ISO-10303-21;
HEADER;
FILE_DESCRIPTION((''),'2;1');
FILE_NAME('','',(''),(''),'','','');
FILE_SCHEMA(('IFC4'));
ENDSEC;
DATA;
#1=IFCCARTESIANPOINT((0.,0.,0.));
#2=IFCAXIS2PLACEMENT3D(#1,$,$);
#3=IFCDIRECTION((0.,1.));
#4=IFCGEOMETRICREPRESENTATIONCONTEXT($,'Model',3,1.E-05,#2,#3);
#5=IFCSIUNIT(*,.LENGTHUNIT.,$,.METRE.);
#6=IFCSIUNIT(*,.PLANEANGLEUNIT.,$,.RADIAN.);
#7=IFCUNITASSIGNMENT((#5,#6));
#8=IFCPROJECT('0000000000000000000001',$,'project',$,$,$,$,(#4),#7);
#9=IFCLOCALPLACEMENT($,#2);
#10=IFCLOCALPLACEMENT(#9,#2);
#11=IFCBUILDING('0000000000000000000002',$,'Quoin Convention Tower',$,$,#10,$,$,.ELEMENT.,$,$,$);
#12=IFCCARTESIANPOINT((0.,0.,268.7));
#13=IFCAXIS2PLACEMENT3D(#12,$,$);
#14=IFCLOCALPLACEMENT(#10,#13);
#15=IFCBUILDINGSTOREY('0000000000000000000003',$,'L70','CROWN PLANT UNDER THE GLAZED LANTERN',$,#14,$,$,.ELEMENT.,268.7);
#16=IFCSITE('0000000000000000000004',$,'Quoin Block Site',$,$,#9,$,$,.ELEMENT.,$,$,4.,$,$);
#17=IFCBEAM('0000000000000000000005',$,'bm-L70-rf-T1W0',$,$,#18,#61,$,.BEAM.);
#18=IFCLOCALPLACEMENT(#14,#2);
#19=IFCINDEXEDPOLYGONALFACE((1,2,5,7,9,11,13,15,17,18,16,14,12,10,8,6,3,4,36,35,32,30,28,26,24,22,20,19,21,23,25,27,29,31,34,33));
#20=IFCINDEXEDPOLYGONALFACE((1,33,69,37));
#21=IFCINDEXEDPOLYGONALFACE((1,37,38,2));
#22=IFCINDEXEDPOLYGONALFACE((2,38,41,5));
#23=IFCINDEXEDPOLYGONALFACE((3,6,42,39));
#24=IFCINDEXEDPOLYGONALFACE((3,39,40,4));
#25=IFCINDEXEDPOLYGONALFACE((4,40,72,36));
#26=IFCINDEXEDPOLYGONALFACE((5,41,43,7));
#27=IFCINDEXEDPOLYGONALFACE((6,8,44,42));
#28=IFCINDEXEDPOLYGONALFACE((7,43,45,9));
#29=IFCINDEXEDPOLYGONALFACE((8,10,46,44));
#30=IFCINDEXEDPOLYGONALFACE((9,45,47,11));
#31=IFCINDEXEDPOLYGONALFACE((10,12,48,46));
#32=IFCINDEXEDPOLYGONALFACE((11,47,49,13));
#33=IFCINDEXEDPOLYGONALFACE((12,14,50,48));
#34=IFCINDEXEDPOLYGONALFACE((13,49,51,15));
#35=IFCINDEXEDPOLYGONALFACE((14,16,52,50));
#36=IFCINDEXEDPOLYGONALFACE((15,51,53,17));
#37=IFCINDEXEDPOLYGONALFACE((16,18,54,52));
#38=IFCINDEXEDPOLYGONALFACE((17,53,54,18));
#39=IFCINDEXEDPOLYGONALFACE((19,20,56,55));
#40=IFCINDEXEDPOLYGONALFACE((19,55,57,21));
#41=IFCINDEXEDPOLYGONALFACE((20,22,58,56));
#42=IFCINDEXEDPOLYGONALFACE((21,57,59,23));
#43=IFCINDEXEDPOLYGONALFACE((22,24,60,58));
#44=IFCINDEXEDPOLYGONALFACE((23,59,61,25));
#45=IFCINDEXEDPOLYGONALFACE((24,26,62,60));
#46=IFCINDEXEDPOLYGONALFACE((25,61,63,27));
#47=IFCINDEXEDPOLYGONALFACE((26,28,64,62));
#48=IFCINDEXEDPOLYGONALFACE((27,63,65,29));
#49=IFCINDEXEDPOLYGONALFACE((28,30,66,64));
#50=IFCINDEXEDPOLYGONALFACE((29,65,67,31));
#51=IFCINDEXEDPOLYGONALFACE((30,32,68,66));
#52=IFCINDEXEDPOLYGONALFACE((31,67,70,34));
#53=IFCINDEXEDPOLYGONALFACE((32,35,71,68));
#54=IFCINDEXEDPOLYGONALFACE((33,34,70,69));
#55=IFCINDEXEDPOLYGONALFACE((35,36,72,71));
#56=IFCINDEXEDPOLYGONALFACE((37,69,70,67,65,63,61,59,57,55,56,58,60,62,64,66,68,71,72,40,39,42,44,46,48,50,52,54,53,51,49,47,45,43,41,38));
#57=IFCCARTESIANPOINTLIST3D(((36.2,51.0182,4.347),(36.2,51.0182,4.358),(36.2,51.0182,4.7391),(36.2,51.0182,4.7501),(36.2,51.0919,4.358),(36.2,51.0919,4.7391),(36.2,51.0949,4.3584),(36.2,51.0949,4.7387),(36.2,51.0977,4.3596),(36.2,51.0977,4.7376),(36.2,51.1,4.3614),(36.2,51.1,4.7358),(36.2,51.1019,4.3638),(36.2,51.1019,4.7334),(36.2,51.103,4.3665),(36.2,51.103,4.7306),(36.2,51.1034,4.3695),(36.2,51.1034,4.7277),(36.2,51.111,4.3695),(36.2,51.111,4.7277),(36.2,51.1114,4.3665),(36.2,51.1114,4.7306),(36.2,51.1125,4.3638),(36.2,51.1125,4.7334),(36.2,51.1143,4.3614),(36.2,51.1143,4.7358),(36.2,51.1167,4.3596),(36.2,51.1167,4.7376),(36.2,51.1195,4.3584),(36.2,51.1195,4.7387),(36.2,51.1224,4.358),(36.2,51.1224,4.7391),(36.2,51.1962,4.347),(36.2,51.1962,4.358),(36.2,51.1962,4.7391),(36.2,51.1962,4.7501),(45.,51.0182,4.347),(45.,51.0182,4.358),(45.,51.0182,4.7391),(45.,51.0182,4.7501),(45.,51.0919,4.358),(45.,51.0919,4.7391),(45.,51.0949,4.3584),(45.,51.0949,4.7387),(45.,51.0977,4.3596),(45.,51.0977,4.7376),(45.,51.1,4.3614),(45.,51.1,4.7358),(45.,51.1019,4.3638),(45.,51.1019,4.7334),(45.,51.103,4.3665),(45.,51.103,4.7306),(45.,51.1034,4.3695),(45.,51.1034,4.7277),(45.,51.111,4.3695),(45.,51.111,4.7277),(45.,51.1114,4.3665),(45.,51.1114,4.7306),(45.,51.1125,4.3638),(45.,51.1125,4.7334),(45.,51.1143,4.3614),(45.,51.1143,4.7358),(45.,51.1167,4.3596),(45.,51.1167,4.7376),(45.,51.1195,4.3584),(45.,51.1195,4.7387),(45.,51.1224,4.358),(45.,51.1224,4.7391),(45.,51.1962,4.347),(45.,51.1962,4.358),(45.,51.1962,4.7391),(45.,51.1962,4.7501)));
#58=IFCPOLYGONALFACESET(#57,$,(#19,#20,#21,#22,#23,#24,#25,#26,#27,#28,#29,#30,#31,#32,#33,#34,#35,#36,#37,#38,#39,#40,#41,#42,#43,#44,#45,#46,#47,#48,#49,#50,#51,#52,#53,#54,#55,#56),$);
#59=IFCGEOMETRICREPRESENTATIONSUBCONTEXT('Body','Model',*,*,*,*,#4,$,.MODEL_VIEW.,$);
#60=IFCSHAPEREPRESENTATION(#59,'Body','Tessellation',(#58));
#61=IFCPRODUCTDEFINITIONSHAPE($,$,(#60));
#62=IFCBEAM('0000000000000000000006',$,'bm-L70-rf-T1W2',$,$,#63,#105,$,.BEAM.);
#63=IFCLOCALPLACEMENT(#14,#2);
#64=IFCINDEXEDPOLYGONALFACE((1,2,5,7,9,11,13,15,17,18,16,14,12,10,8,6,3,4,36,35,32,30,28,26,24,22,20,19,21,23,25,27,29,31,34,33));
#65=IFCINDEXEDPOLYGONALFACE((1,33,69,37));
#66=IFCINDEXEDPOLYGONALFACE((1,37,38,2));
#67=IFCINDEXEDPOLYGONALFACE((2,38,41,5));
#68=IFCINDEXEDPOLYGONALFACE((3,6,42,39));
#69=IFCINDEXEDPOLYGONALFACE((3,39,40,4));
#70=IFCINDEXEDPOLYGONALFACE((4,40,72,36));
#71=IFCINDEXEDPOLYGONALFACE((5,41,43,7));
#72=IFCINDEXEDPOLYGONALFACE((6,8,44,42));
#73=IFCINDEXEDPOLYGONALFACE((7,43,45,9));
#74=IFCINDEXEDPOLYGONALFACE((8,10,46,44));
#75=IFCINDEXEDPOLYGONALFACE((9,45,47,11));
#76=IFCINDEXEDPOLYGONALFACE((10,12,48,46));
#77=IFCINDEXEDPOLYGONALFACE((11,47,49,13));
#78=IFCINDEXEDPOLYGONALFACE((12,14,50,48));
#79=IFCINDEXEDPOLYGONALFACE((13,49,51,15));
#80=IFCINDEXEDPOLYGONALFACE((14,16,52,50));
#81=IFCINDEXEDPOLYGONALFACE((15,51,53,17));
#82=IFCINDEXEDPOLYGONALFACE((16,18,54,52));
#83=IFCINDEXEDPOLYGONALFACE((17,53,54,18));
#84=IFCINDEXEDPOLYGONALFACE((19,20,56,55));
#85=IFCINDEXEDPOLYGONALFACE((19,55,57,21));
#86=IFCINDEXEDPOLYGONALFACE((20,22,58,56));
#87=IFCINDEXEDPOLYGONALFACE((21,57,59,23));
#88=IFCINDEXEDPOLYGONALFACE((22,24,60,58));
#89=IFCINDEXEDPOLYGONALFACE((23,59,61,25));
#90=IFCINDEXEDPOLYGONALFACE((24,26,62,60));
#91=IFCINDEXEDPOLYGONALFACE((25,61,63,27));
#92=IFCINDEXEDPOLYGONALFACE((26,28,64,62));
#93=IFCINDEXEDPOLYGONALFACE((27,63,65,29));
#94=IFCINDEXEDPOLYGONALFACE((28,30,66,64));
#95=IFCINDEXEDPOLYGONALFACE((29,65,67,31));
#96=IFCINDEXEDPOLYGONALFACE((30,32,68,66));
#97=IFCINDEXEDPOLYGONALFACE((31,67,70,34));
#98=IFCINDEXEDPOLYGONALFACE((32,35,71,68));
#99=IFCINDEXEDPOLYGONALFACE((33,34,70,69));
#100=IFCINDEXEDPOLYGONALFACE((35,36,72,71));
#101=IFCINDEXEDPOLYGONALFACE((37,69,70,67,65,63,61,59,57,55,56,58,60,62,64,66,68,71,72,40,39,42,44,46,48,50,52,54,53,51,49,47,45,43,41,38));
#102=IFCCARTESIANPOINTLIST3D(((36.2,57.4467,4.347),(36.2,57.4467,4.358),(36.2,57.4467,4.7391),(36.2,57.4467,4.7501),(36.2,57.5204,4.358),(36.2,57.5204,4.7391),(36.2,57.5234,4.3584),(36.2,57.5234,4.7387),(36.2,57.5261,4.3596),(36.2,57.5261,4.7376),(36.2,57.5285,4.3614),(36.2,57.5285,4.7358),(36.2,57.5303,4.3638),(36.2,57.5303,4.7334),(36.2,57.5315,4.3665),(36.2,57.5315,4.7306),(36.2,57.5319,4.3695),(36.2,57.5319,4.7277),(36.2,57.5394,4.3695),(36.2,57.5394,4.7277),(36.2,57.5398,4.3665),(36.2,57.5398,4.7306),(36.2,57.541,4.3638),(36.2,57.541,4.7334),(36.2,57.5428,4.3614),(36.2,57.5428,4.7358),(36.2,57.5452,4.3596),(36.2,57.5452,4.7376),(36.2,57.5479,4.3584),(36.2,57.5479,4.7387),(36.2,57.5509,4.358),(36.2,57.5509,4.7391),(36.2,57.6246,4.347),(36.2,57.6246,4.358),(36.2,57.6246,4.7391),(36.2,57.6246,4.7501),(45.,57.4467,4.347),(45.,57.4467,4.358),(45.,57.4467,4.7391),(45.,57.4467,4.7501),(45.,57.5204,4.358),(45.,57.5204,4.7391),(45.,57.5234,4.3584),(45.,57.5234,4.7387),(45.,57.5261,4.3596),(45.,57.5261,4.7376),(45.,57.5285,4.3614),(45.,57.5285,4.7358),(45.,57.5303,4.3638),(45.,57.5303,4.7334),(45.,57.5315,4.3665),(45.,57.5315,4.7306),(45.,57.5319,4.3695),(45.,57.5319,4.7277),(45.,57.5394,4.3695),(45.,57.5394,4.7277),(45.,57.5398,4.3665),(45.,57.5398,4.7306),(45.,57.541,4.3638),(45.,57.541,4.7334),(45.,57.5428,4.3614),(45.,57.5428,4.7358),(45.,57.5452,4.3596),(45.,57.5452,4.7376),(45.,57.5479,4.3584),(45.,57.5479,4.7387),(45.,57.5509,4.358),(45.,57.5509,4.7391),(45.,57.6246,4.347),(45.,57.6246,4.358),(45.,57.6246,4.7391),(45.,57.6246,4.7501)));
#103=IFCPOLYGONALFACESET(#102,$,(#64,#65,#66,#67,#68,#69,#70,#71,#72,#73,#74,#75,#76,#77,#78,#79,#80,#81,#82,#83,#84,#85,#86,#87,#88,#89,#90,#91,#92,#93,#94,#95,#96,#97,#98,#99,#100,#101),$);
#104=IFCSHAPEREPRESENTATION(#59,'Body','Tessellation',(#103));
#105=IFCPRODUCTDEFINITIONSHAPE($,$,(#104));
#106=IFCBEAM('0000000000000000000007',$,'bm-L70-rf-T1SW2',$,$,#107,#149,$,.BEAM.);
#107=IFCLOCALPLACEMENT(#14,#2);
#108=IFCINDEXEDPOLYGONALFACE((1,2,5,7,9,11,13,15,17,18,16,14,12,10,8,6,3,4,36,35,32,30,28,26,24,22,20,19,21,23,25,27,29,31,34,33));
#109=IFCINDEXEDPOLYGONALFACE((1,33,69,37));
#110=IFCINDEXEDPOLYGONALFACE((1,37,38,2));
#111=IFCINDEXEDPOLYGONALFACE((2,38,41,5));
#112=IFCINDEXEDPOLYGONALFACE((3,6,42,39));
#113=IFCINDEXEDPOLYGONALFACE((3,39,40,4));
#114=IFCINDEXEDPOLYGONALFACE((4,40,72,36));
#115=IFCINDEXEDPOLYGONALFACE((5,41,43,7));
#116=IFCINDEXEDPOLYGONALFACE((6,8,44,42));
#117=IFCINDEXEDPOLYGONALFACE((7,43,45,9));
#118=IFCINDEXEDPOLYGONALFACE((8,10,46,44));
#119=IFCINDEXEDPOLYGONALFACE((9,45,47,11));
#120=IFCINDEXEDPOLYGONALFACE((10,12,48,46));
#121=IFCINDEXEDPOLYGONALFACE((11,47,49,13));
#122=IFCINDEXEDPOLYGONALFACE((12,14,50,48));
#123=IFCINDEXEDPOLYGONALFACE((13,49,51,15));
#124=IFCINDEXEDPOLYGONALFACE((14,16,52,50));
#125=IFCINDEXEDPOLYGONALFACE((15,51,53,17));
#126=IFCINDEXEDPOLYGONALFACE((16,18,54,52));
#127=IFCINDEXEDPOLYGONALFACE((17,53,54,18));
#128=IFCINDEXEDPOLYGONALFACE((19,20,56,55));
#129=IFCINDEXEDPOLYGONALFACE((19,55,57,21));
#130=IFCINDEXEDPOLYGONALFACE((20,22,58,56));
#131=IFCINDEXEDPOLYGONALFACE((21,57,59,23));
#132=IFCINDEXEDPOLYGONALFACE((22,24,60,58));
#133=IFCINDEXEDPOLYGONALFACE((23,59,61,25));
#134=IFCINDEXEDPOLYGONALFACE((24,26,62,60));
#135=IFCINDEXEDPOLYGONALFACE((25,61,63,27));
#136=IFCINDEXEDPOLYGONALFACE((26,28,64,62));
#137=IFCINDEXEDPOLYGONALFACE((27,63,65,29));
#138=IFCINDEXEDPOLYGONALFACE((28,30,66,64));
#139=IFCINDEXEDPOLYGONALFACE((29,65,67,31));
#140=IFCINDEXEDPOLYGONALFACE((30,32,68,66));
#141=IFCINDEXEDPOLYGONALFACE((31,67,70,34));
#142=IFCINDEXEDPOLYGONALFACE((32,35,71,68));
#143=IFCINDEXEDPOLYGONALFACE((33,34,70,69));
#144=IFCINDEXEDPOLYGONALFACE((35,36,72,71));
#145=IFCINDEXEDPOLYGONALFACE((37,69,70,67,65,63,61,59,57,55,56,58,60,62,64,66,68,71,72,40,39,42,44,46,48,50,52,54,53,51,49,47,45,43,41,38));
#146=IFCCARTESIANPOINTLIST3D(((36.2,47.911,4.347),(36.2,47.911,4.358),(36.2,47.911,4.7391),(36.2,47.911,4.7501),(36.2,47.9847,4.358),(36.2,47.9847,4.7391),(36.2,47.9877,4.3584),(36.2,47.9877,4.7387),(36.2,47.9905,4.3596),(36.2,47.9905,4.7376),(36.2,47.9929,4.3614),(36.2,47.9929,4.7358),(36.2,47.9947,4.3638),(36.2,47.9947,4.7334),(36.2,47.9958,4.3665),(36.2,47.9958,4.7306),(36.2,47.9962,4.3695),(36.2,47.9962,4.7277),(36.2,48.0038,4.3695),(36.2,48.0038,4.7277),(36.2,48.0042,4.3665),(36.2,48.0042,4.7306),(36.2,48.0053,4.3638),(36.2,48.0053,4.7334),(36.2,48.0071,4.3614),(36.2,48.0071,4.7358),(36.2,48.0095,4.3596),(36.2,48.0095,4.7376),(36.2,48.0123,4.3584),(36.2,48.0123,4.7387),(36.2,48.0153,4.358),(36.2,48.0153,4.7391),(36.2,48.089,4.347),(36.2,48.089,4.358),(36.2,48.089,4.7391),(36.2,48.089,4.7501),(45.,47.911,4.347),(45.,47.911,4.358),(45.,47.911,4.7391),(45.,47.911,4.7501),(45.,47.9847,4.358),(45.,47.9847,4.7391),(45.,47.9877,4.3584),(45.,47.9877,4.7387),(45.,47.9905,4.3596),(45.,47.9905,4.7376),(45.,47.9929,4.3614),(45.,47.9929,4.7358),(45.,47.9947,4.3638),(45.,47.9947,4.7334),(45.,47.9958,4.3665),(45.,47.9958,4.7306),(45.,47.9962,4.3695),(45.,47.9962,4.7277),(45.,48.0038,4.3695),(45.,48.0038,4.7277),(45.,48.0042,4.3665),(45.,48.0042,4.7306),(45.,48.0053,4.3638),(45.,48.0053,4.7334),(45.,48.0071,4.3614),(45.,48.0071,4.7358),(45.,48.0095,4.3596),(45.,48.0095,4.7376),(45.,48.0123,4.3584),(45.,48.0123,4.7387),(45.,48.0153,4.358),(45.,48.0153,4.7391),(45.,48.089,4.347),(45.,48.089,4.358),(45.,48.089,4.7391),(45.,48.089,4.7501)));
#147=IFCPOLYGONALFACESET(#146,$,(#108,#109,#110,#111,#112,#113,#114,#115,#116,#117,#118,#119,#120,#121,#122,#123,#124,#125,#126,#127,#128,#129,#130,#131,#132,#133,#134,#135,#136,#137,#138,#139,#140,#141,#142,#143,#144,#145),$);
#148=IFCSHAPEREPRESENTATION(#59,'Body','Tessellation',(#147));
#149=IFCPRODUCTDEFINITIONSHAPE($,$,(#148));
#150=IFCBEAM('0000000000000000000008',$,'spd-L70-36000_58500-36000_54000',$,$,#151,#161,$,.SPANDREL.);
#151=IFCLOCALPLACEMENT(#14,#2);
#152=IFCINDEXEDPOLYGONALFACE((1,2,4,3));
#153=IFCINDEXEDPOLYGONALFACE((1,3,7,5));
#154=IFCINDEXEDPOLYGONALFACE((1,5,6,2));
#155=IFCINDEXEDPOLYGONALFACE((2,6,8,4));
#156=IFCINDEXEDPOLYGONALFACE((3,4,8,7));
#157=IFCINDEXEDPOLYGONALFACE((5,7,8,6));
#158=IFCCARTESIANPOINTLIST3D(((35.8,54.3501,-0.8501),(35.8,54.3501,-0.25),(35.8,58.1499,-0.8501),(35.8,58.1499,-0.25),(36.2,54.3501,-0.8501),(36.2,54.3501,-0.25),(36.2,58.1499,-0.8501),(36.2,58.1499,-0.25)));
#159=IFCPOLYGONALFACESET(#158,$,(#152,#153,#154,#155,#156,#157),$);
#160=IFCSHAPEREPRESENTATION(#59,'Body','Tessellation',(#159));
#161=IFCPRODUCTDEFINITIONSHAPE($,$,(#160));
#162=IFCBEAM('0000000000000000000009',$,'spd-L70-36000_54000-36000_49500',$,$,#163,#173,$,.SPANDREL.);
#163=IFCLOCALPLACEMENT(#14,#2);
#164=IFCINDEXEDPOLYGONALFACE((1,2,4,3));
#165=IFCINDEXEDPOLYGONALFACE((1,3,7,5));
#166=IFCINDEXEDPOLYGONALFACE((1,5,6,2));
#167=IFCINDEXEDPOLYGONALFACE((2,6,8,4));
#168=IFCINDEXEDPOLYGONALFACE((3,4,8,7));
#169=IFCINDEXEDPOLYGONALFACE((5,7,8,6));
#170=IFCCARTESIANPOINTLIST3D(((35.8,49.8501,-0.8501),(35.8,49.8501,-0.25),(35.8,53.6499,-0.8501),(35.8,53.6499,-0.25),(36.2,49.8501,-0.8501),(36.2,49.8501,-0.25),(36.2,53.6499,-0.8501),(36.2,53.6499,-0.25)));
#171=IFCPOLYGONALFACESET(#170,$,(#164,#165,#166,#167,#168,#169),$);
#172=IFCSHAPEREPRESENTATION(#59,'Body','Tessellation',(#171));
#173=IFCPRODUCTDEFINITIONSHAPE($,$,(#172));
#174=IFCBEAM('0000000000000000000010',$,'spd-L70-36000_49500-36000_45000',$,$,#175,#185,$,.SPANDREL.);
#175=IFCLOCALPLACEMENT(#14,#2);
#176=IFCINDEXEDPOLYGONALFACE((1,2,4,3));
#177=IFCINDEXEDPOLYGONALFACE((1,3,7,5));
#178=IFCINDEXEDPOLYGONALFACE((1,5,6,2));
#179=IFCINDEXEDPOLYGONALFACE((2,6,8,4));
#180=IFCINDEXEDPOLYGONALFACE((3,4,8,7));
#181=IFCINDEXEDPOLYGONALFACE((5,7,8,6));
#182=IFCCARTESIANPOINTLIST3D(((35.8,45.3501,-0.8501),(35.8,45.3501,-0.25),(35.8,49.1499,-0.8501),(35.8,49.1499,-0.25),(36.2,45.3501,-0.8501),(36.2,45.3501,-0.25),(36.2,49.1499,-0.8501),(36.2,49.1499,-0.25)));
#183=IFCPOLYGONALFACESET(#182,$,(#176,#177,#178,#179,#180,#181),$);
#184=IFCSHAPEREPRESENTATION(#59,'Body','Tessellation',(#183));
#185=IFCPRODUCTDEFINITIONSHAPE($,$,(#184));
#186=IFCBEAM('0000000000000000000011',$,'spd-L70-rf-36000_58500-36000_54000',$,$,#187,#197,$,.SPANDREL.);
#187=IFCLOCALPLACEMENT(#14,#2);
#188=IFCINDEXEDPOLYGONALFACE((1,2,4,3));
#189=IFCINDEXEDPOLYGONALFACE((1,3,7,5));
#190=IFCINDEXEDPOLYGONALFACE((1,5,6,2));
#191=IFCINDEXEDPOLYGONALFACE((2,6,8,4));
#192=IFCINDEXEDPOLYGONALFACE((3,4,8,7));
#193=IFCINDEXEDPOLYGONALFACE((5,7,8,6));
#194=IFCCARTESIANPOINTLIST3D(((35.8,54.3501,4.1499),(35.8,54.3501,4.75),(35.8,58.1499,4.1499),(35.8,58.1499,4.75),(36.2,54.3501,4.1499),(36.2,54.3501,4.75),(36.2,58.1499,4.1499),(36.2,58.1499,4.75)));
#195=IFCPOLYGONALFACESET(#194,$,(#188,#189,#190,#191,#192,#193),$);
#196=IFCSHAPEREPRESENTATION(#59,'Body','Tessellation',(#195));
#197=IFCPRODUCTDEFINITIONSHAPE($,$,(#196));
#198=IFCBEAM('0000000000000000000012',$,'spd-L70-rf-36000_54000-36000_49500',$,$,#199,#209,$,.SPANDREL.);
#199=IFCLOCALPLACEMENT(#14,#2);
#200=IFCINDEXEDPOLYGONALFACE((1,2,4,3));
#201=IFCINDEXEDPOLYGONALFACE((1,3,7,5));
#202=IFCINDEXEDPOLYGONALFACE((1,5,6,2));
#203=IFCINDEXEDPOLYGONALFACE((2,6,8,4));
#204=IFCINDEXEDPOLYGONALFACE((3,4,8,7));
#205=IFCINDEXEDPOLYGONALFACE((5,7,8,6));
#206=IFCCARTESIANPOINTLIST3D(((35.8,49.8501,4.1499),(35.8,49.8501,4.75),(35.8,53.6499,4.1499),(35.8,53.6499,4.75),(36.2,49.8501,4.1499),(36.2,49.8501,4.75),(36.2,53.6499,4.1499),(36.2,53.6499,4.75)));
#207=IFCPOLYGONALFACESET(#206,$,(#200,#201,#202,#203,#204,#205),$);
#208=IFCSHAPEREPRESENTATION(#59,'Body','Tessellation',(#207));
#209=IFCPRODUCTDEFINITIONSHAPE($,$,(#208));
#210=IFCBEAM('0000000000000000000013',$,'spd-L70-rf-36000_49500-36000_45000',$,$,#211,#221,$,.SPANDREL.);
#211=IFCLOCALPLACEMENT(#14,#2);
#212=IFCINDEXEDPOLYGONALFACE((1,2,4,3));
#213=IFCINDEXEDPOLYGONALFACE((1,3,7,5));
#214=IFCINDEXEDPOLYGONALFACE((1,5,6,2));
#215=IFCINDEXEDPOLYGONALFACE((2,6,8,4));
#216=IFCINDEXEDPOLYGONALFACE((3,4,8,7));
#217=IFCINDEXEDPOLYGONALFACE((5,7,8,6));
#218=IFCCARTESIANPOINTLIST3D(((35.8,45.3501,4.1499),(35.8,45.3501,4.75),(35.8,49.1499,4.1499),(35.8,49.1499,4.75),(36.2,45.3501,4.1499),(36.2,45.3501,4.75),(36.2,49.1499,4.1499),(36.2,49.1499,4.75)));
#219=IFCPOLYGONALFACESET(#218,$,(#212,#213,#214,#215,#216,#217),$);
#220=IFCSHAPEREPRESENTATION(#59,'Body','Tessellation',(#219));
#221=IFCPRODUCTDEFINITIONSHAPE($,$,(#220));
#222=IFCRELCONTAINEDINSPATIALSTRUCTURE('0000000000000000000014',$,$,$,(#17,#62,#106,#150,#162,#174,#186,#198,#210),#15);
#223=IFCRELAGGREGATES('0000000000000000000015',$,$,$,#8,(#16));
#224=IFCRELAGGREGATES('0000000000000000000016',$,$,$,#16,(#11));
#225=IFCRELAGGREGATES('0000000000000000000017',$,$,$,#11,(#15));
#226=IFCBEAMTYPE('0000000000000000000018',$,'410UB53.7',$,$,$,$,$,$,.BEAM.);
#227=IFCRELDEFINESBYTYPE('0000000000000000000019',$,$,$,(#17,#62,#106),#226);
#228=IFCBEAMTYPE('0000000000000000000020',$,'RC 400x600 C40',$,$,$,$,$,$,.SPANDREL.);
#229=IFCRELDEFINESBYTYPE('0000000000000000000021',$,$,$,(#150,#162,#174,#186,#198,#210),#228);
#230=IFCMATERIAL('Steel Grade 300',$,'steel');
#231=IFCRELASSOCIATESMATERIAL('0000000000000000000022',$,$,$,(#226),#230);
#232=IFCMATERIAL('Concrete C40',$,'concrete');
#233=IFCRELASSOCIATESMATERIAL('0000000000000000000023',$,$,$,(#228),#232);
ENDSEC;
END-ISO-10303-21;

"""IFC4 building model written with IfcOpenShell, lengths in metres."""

from ifc_helpers import new_model, si_unit, direction, frame, origin, origin_2d, place, context, subcontext, project, spatial, rectangle, i_section, extrude, material, material_profile, profile_set, type_object, element, save


model = new_model("IFC4")

# Units and contexts
model_context = context("Model", 3, precision=1e-05, world=origin(), true_north=direction((0.0, 1.0)))
body_context = subcontext(model_context, "Body", "Model", "MODEL_VIEW")
ifc_project = project(units=[si_unit("LENGTHUNIT", "METRE"), si_unit("PLANEANGLEUNIT", "RADIAN")], contexts=[model_context])

# Site, building, storey
site_placement = place(None, origin())
site = spatial("IfcSite", under=ifc_project, at=site_placement, Name="Quoin Block Site", CompositionType="ELEMENT", RefElevation=4.0)
building_placement = place(site_placement, origin())
building = spatial("IfcBuilding", under=site, at=building_placement, Name="Quoin Convention Tower", CompositionType="ELEMENT")
storey_placement = place(building_placement, frame((0.0, 0.0, 268.7)))
storey = spatial("IfcBuildingStorey", under=building, at=storey_placement, Name="L70", Description="CROWN PLANT UNDER THE GLAZED LANTERN", CompositionType="ELEMENT", Elevation=268.7)

# Shared definitions
ifc_material_1 = material(Name="Concrete C40", Category="concrete")

# Beams
ifc_material_2 = material(Name="Steel Grade 300", Category="steel")
ifc_material_profile_1 = material_profile(ifc_material_2, i_section(OverallWidth=0.178, OverallDepth=0.4031, WebThickness=0.0076, FlangeThickness=0.011, FilletRadius=0.0115, at=origin_2d()), Name="410UB53.7")
ifc_profile_set_1 = profile_set([ifc_material_profile_1], Name="Steel Grade 300")
beam_type_1 = type_object("IfcBeamType", Name="410UB53.7", PredefinedType="BEAM", material=ifc_profile_set_1)
for number, where, z_axis, x_axis, name in (
    (1, (36.2, 51.1072, 4.5486), (1.0, 0.0, 0.0), (0.0, 1.0, 0.0), "bm-L70-rf-T1W0"),
    (2, (36.2, 57.5356, 4.5486), (1.0, 0.0, 0.0), (0.0, 1.0, 0.0), "bm-L70-rf-T1W2"),
    (3, (36.2, 48.0, 4.5486), (1.0, 0.0, 0.0), (0.0, 1.0, 0.0), "bm-L70-rf-T1SW2"),
):
    element("IfcBeam", number, at=place(storey_placement, frame(where, z_axis=z_axis, x_axis=x_axis)), inside=storey, type_object=beam_type_1, Name=name, PredefinedType="BEAM", context=body_context, shape_type="SweptSolid", body=[
        extrude(i_section(OverallWidth=0.178, OverallDepth=0.4031, WebThickness=0.0076, FlangeThickness=0.011, FilletRadius=0.0115, at=origin_2d()), origin(), (0.0, 0.0, 1.0), 8.8),
    ])
ifc_material_profile_2 = material_profile(ifc_material_1, rectangle(XDim=0.3999, YDim=0.6001, at=origin_2d()), Name="RC 400x600")
ifc_profile_set_2 = profile_set([ifc_material_profile_2], Name="Concrete C40")
beam_type_2 = type_object("IfcBeamType", Name="RC 400x600 C40", PredefinedType="SPANDREL", material=ifc_profile_set_2)
for number, where, z_axis, x_axis, name in (
    (4, (36.0, 58.1499, -0.55), (0.0, -1.0, 0.0), (1.0, 0.0, 0.0), "spd-L70-36000_58500-36000_54000"),
    (5, (36.0, 53.6499, -0.55), (0.0, -1.0, 0.0), (1.0, 0.0, 0.0), "spd-L70-36000_54000-36000_49500"),
    (6, (36.0, 49.1499, -0.55), (0.0, -1.0, 0.0), (1.0, 0.0, 0.0), "spd-L70-36000_49500-36000_45000"),
    (7, (36.0, 58.1499, 4.45), (0.0, -1.0, 0.0), (1.0, 0.0, 0.0), "spd-L70-rf-36000_58500-36000_54000"),
    (8, (36.0, 53.6499, 4.45), (0.0, -1.0, 0.0), (1.0, 0.0, 0.0), "spd-L70-rf-36000_54000-36000_49500"),
    (9, (36.0, 49.1499, 4.45), (0.0, -1.0, 0.0), (1.0, 0.0, 0.0), "spd-L70-rf-36000_49500-36000_45000"),
):
    element("IfcBeam", number, at=place(storey_placement, frame(where, z_axis=z_axis, x_axis=x_axis)), inside=storey, type_object=beam_type_2, Name=name, PredefinedType="SPANDREL", context=body_context, shape_type="SweptSolid", body=[
        extrude(rectangle(XDim=0.3999, YDim=0.6001, at=origin_2d()), origin(), (0.0, 0.0, 1.0), 3.7998),
    ])

save(model, "model.ifc")
